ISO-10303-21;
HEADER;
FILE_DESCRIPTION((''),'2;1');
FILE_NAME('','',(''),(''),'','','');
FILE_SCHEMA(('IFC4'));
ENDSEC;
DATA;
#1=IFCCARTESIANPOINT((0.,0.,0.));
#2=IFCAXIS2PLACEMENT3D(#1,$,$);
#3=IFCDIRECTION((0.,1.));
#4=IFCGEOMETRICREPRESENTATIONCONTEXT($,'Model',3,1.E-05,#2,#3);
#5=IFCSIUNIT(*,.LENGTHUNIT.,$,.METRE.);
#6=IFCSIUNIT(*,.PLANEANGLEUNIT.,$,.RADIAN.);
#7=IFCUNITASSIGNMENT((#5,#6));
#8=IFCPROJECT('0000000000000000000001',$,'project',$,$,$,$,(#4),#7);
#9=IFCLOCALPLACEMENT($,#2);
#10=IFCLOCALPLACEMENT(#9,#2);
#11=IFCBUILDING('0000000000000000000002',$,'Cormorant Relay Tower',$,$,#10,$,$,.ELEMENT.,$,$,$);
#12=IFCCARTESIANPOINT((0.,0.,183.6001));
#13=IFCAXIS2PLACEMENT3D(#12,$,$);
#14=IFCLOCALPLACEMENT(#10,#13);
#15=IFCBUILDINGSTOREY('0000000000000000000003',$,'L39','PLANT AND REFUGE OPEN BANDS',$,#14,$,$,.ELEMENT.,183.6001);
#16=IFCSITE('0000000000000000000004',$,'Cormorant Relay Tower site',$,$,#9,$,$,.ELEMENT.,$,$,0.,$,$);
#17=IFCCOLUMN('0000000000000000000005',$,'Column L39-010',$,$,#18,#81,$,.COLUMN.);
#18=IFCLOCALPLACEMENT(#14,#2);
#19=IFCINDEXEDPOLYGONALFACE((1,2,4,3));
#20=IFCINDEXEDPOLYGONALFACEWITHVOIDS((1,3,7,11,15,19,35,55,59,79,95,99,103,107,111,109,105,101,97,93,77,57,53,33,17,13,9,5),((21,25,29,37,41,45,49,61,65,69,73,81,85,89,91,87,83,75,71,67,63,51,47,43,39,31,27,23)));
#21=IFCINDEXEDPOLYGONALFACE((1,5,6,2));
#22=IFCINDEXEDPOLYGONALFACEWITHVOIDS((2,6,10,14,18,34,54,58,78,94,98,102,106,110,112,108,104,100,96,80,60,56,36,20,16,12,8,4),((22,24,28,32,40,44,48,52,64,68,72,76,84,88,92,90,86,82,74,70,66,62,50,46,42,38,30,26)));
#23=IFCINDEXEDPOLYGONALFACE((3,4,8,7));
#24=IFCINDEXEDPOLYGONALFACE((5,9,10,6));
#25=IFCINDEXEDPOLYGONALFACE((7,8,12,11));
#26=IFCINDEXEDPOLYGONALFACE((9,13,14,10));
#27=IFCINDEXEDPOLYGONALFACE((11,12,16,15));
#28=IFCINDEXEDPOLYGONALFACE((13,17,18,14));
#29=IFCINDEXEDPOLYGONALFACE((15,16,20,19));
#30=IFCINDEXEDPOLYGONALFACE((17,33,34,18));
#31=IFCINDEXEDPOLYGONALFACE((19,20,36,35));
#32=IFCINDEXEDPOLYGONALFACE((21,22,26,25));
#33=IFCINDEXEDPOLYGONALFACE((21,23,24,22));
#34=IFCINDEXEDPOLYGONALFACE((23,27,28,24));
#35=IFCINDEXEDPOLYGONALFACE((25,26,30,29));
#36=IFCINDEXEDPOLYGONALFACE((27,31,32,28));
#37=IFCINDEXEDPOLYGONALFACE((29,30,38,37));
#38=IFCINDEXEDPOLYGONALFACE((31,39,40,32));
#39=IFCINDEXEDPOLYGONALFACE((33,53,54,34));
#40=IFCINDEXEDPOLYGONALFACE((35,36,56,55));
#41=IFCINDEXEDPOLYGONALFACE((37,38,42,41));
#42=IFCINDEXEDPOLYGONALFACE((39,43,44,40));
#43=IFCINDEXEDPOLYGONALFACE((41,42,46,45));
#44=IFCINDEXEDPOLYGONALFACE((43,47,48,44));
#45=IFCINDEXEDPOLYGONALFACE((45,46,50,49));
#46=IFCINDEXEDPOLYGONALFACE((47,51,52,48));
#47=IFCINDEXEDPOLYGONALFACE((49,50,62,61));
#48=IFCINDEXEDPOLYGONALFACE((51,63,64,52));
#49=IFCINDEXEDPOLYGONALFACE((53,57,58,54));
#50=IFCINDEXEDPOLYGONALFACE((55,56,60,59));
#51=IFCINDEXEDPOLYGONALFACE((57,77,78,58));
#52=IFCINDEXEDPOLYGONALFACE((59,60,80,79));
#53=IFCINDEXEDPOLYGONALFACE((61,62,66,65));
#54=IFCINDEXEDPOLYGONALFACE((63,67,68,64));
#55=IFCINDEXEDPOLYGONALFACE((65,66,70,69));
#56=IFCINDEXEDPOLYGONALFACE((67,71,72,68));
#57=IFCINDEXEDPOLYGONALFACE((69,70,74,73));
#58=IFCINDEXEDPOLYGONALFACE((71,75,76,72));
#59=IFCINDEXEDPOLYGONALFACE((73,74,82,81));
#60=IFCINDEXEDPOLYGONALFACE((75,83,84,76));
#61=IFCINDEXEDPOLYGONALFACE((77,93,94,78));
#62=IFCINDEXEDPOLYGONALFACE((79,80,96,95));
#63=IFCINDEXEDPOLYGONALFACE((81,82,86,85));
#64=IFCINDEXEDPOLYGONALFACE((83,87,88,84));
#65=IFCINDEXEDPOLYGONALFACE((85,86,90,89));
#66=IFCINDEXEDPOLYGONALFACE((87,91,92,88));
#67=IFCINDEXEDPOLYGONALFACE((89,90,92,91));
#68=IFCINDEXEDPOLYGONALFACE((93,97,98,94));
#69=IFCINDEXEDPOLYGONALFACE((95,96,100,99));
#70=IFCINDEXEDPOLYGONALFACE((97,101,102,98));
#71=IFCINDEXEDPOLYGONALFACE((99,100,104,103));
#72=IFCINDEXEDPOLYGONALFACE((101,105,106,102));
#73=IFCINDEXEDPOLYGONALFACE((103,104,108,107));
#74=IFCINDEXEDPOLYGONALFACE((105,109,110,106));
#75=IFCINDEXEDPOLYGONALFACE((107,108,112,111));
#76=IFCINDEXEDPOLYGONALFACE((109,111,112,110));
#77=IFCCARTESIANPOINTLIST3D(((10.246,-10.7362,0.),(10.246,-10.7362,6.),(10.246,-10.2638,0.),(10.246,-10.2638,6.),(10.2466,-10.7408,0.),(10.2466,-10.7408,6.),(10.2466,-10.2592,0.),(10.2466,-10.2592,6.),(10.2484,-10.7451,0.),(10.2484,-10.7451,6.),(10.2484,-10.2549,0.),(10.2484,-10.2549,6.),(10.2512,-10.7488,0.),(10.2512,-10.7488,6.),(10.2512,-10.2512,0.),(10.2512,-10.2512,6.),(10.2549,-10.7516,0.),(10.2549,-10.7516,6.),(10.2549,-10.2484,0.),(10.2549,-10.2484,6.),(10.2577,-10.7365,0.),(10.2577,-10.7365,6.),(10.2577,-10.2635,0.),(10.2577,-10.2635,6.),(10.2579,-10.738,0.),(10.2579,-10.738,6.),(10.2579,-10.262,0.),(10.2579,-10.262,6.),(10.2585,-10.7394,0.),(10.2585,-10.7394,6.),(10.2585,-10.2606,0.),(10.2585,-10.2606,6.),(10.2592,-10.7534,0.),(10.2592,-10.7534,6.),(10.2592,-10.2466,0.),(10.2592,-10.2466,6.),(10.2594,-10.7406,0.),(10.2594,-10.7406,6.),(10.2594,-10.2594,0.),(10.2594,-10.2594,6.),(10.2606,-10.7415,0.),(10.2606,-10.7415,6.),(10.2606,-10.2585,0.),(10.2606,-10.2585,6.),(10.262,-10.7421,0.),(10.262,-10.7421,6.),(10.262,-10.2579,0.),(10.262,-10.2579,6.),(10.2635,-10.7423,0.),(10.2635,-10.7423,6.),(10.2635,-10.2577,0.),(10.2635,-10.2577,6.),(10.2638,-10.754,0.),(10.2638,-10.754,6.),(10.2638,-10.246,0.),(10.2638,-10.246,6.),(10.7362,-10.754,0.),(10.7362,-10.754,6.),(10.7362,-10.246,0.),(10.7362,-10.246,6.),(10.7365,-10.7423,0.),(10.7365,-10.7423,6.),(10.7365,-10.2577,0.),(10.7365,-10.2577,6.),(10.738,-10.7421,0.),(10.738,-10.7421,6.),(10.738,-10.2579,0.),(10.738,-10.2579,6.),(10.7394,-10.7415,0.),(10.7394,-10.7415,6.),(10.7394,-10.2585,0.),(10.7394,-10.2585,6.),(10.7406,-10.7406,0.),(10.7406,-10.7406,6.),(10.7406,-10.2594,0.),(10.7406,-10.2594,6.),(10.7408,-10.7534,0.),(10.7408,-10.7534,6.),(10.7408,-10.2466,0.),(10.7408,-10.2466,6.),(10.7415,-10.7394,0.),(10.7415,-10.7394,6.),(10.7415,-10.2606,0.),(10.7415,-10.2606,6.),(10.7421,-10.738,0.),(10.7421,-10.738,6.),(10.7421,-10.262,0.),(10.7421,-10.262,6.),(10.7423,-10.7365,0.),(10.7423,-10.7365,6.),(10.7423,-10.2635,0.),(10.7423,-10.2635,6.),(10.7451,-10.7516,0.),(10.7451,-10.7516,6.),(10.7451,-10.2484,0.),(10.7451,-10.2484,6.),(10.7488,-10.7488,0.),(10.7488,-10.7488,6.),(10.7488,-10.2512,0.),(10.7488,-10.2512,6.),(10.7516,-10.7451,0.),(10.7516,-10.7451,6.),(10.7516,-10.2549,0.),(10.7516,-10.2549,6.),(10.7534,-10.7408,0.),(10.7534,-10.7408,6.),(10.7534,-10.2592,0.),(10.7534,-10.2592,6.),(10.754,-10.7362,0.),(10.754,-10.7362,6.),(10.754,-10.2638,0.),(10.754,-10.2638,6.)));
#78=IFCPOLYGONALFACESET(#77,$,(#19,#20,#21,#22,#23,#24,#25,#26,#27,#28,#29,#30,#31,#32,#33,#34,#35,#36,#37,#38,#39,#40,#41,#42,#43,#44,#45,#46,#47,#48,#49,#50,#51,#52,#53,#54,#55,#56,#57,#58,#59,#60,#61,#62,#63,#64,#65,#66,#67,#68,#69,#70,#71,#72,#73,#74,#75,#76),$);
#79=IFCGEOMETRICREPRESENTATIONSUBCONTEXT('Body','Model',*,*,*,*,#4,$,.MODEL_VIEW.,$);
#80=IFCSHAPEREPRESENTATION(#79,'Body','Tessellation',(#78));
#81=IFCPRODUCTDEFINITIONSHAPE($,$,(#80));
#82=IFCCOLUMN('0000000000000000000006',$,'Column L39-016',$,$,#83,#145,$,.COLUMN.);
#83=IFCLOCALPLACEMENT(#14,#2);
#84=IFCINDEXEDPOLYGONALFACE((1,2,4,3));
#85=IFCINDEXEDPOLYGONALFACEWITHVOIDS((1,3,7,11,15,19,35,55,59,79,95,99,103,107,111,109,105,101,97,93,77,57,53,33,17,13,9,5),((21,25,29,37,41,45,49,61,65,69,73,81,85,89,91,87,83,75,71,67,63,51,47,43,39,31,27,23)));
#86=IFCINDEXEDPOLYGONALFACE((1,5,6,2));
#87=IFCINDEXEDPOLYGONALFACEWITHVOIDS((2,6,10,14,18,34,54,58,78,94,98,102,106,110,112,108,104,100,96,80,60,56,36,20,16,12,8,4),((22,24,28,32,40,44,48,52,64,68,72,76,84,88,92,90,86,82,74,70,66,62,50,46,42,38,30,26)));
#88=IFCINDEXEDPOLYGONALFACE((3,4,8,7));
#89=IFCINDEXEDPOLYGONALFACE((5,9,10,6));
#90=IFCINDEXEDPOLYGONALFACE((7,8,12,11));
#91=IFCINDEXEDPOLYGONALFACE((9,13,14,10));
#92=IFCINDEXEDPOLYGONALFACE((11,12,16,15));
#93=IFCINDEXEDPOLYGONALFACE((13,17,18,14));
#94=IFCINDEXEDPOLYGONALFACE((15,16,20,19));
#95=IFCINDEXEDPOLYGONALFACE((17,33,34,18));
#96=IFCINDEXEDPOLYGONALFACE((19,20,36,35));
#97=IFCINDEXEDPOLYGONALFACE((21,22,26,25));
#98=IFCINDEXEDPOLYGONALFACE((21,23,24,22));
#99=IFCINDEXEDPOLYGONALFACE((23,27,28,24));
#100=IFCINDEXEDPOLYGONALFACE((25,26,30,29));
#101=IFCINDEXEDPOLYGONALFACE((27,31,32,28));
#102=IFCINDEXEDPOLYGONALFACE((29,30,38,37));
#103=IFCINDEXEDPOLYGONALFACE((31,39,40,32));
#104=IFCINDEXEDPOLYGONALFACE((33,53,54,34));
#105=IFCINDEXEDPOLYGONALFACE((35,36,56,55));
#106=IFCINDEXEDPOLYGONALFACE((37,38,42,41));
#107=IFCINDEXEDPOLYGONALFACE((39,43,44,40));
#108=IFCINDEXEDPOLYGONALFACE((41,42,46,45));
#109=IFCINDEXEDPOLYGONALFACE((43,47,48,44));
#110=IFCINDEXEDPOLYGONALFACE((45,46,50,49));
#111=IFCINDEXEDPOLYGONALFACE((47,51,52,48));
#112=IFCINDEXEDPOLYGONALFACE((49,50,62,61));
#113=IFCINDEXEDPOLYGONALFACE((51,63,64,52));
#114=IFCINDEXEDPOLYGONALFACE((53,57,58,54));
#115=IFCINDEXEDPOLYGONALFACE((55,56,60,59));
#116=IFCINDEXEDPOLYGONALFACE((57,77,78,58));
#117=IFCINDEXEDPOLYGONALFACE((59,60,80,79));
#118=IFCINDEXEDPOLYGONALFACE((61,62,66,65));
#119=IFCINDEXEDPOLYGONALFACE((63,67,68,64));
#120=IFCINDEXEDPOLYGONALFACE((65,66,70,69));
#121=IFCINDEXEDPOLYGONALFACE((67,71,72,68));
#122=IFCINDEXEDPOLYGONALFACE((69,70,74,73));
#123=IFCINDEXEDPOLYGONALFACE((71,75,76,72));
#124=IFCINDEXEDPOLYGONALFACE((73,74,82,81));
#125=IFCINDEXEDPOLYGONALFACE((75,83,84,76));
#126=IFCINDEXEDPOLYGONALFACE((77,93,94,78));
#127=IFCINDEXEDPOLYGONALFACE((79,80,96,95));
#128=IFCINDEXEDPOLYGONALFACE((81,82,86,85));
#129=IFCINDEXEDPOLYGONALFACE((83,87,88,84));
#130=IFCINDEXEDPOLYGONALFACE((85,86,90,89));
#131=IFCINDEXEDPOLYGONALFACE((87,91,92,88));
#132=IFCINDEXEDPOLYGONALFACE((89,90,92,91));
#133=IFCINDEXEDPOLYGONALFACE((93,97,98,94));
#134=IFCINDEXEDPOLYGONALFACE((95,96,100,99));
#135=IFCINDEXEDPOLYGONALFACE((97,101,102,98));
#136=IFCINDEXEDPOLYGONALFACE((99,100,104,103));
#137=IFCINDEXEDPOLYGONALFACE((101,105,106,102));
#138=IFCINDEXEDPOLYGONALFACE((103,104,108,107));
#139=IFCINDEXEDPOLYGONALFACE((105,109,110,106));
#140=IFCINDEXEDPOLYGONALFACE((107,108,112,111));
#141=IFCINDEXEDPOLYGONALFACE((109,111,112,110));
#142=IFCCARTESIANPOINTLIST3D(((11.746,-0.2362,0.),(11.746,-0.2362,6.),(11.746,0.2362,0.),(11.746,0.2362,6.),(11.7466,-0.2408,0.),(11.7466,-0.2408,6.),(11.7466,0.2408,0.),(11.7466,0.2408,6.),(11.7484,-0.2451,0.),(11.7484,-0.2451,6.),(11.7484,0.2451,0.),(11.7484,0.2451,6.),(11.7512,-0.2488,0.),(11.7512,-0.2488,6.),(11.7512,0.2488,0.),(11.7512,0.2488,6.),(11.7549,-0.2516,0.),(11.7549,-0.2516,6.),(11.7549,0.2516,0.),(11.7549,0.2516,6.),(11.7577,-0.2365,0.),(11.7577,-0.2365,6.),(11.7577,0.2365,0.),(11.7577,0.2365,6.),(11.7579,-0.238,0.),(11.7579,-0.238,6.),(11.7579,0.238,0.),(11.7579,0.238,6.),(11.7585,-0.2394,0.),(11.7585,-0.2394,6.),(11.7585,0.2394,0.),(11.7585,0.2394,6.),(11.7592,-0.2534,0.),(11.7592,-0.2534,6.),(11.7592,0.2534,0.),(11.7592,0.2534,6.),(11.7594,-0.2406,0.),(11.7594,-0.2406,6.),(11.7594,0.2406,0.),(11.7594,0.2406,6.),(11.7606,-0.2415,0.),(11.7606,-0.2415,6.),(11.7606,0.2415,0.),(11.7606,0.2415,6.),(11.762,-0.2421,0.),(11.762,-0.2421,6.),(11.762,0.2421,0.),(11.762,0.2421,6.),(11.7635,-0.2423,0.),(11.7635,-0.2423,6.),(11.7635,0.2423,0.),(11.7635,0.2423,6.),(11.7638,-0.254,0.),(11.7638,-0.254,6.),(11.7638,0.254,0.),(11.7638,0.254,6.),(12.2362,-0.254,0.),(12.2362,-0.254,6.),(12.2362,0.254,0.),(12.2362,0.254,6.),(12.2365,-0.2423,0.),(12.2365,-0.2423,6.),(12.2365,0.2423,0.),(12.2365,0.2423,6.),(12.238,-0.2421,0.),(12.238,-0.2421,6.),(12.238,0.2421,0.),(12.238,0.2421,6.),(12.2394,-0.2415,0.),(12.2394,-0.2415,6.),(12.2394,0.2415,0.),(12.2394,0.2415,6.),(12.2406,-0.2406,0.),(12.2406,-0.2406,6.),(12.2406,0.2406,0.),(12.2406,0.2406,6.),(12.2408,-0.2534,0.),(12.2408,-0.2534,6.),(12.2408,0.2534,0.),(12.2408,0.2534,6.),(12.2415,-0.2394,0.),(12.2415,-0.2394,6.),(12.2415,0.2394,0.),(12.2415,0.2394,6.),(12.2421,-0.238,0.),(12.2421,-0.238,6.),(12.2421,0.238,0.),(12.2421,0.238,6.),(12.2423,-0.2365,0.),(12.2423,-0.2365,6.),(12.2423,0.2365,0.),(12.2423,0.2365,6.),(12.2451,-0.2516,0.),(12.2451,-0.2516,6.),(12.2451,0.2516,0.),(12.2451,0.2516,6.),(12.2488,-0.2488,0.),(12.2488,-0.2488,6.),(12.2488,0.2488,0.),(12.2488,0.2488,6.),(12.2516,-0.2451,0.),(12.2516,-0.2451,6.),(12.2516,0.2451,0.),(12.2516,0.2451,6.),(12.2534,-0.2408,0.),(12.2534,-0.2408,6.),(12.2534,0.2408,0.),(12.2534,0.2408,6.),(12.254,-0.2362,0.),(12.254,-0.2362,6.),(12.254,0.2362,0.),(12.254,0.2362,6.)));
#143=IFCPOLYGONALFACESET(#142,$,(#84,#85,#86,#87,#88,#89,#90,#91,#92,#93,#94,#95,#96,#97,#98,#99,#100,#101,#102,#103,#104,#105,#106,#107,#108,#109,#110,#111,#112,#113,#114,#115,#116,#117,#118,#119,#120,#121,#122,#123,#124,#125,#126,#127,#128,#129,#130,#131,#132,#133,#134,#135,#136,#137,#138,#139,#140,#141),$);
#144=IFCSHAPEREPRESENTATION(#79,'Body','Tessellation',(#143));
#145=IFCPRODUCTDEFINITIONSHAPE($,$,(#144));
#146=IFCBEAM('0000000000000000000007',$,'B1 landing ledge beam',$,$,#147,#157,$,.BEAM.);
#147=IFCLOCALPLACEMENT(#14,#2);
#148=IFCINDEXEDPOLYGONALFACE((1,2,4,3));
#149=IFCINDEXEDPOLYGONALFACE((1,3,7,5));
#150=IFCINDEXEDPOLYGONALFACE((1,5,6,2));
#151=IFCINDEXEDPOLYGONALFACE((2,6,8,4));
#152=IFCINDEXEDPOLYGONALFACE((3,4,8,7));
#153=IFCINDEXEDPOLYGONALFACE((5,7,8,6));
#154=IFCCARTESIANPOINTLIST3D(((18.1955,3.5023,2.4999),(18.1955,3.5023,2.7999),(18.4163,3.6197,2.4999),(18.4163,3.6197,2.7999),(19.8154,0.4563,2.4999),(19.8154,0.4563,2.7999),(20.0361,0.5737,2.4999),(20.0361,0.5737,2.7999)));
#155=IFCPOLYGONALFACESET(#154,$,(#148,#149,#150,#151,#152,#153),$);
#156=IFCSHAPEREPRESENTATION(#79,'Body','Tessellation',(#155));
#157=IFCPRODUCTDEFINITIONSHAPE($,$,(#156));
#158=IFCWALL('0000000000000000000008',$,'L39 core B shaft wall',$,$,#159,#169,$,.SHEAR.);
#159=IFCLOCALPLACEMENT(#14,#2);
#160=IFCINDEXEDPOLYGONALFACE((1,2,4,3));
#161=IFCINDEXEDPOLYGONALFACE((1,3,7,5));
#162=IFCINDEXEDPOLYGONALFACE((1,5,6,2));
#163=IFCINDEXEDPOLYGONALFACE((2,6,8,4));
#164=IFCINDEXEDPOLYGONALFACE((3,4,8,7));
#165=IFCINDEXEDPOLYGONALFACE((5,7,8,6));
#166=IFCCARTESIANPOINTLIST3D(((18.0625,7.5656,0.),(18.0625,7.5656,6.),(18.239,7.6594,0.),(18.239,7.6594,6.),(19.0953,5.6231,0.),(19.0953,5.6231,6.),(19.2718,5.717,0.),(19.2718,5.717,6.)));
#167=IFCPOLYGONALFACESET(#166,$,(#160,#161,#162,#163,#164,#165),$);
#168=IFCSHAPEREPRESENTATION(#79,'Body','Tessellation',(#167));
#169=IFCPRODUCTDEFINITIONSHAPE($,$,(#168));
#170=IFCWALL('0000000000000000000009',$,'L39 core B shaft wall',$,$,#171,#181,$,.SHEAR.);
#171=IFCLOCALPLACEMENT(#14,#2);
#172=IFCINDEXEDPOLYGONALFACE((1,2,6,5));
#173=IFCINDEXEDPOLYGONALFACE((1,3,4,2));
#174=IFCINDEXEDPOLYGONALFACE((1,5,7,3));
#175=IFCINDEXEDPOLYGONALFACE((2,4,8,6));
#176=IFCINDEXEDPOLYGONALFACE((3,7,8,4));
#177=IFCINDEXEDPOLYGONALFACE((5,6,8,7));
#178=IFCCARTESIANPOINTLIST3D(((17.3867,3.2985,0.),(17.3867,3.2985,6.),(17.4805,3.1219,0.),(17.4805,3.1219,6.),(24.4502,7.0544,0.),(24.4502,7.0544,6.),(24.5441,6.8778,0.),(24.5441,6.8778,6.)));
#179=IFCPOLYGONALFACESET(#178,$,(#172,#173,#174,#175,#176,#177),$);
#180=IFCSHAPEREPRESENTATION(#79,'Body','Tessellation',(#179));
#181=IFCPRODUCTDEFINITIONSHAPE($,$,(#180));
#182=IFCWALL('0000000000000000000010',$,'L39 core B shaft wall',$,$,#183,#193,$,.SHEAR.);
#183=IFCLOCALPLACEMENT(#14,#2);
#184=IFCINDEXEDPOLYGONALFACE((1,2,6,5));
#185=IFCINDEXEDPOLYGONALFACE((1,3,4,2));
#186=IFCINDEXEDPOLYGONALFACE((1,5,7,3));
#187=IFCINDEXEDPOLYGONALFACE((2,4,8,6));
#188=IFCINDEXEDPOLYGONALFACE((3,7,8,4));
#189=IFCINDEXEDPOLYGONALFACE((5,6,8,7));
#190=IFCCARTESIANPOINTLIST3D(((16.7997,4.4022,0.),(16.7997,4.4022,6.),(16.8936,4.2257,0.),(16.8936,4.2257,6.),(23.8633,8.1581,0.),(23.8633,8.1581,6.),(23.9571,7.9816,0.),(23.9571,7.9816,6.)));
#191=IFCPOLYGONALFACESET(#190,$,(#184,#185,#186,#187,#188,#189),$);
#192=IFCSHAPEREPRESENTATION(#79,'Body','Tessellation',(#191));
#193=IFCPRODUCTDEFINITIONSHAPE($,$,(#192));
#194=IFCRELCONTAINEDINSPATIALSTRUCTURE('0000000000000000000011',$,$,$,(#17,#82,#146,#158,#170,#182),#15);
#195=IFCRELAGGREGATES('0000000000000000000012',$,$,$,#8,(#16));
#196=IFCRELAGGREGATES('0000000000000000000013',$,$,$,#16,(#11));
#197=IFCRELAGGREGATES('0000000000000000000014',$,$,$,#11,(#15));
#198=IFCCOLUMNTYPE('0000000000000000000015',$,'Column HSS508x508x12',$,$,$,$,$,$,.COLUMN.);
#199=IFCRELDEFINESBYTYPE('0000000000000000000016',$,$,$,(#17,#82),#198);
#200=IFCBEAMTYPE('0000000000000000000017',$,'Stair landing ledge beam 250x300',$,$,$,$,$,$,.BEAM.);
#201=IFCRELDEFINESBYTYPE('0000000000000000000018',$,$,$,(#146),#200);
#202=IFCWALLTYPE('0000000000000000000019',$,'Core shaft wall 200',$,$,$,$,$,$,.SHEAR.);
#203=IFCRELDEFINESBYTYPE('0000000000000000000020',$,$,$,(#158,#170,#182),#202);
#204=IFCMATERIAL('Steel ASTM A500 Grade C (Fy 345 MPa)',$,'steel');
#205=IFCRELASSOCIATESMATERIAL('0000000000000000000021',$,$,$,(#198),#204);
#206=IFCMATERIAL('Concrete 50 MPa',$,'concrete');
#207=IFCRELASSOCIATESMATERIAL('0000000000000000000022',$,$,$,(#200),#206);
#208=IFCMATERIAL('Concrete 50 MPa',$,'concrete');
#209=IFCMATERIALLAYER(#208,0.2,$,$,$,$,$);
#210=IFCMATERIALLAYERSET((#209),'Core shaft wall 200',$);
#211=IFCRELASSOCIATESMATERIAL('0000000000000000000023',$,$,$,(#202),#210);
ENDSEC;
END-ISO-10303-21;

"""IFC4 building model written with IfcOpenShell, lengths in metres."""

from ifc_helpers import new_model, si_unit, direction, frame, frame_2d, origin, origin_2d, place, context, subcontext, project, spatial, rectangle, hollow_rectangle, extrude, material, layer, layer_set, material_profile, profile_set, type_object, element, save


model = new_model("IFC4")

# Units and contexts
model_context = context("Model", 3, precision=1e-05, world=origin(), true_north=direction((0.0, 1.0)))
body_context = subcontext(model_context, "Body", "Model", "MODEL_VIEW")
ifc_project = project(units=[si_unit("LENGTHUNIT", "METRE"), si_unit("PLANEANGLEUNIT", "RADIAN")], contexts=[model_context])

# Site, building, storey
site_placement = place(None, origin())
site = spatial("IfcSite", under=ifc_project, at=site_placement, Name="Cormorant Relay Tower site", CompositionType="ELEMENT", RefElevation=0.0)
building_placement = place(site_placement, origin())
building = spatial("IfcBuilding", under=site, at=building_placement, Name="Cormorant Relay Tower", CompositionType="ELEMENT")
storey_placement = place(building_placement, frame((0.0, 0.0, 183.6001)))
storey = spatial("IfcBuildingStorey", under=building, at=storey_placement, Name="L39", Description="PLANT AND REFUGE OPEN BANDS", CompositionType="ELEMENT", Elevation=183.6001)

# Columns
ifc_material_1 = material(Name="Steel ASTM A500 Grade C (Fy 345 MPa)", Category="steel")
ifc_material_profile_1 = material_profile(ifc_material_1, hollow_rectangle(XDim=0.5081, YDim=0.5081, WallThickness=0.0117, InnerFilletRadius=0.0059, OuterFilletRadius=0.0178, at=origin_2d()), Name="HSS508x508x12")
ifc_profile_set_1 = profile_set([ifc_material_profile_1], Name="Steel ASTM A500 Grade C (Fy 345 MPa)")
column_type = type_object("IfcColumnType", Name="Column HSS508x508x12", PredefinedType="COLUMN", material=ifc_profile_set_1)
for number, where, z_axis, x_axis, name in (
    (1, (10.5, -10.5, 0.0), (0.0, 0.0, 1.0), (1.0, 0.0, 0.0), "Column L39-010"),
    (2, (12.0, 0.0, 0.0), (0.0, 0.0, 1.0), (1.0, 0.0, 0.0), "Column L39-016"),
):
    element("IfcColumn", number, at=place(storey_placement, frame(where, z_axis=z_axis, x_axis=x_axis)), inside=storey, type_object=column_type, Name=name, PredefinedType="COLUMN", context=body_context, shape_type="SweptSolid", body=[
        extrude(hollow_rectangle(XDim=0.5081, YDim=0.5081, WallThickness=0.0117, InnerFilletRadius=0.0059, OuterFilletRadius=0.0178, at=origin_2d()), origin(), (0.0, 0.0, 1.0), 6.0),
    ])

# Beam
ifc_material_2 = material(Name="Concrete 50 MPa", Category="concrete")
ifc_material_profile_2 = material_profile(ifc_material_2, rectangle(XDim=0.25, YDim=0.3, at=origin_2d()), Name="RC 250x300")
ifc_profile_set_2 = profile_set([ifc_material_profile_2], Name="Concrete 50 MPa")
beam_type = type_object("IfcBeamType", Name="Stair landing ledge beam 250x300", PredefinedType="BEAM", material=ifc_profile_set_2)
beam_placement = place(storey_placement, frame((18.3059, 3.561, 2.6499), z_axis=(0.469519, -0.882922, 0.0), x_axis=(0.882922, 0.469519, 0.0)))
element("IfcBeam", 3, at=beam_placement, inside=storey, type_object=beam_type, Name="B1 landing ledge beam", PredefinedType="BEAM", context=body_context, shape_type="SweptSolid", body=[
    extrude(rectangle(XDim=0.25, YDim=0.3, at=origin_2d()), origin(), (0.0, 0.0, 1.0), 3.45),
])

# Walls
ifc_material_3 = material(Name="Concrete 50 MPa", Category="concrete")
ifc_layer_1 = layer(ifc_material_3, 0.2)
ifc_layer_set_1 = layer_set([ifc_layer_1], Name="Core shaft wall 200")
wall_type_1 = type_object("IfcWallType", Name="Core shaft wall 200", PredefinedType="SHEAR", material=ifc_layer_set_1)
wall_1_placement = place(storey_placement, frame((19.1836, 5.6699, 0.0), z_axis=(0.0, 0.0, 1.0), x_axis=(-0.469447, 0.88296, 0.0)))
element("IfcWall", 4, at=wall_1_placement, inside=storey, type_object=wall_type_1, Name="L39 core B shaft wall", PredefinedType="SHEAR", context=body_context, shape_type="SweptSolid", body=[
    extrude(rectangle(XDim=2.2, YDim=0.2, at=frame_2d((1.1001, 0.0))), origin(), (0.0, 0.0, 1.0), 6.0),
])
for number, where, z_axis, x_axis, name in (
    (5, (17.4336, 3.2102, 0.0), (0.0, 0.0, 1.0), (0.88294, 0.469485, 0.0), "L39 core B shaft wall"),
    (6, (16.8467, 4.314, 0.0), (0.0, 0.0, 1.0), (0.88294, 0.469485, 0.0), "L39 core B shaft wall"),
):
    element("IfcWall", number, at=place(storey_placement, frame(where, z_axis=z_axis, x_axis=x_axis)), inside=storey, type_object=wall_type_1, Name=name, PredefinedType="SHEAR", context=body_context, shape_type="SweptSolid", body=[
        extrude(rectangle(XDim=8.0, YDim=0.2, at=frame_2d((4.0, 0.0))), origin(), (0.0, 0.0, 1.0), 6.0),
    ])

save(model, "model.ifc")
